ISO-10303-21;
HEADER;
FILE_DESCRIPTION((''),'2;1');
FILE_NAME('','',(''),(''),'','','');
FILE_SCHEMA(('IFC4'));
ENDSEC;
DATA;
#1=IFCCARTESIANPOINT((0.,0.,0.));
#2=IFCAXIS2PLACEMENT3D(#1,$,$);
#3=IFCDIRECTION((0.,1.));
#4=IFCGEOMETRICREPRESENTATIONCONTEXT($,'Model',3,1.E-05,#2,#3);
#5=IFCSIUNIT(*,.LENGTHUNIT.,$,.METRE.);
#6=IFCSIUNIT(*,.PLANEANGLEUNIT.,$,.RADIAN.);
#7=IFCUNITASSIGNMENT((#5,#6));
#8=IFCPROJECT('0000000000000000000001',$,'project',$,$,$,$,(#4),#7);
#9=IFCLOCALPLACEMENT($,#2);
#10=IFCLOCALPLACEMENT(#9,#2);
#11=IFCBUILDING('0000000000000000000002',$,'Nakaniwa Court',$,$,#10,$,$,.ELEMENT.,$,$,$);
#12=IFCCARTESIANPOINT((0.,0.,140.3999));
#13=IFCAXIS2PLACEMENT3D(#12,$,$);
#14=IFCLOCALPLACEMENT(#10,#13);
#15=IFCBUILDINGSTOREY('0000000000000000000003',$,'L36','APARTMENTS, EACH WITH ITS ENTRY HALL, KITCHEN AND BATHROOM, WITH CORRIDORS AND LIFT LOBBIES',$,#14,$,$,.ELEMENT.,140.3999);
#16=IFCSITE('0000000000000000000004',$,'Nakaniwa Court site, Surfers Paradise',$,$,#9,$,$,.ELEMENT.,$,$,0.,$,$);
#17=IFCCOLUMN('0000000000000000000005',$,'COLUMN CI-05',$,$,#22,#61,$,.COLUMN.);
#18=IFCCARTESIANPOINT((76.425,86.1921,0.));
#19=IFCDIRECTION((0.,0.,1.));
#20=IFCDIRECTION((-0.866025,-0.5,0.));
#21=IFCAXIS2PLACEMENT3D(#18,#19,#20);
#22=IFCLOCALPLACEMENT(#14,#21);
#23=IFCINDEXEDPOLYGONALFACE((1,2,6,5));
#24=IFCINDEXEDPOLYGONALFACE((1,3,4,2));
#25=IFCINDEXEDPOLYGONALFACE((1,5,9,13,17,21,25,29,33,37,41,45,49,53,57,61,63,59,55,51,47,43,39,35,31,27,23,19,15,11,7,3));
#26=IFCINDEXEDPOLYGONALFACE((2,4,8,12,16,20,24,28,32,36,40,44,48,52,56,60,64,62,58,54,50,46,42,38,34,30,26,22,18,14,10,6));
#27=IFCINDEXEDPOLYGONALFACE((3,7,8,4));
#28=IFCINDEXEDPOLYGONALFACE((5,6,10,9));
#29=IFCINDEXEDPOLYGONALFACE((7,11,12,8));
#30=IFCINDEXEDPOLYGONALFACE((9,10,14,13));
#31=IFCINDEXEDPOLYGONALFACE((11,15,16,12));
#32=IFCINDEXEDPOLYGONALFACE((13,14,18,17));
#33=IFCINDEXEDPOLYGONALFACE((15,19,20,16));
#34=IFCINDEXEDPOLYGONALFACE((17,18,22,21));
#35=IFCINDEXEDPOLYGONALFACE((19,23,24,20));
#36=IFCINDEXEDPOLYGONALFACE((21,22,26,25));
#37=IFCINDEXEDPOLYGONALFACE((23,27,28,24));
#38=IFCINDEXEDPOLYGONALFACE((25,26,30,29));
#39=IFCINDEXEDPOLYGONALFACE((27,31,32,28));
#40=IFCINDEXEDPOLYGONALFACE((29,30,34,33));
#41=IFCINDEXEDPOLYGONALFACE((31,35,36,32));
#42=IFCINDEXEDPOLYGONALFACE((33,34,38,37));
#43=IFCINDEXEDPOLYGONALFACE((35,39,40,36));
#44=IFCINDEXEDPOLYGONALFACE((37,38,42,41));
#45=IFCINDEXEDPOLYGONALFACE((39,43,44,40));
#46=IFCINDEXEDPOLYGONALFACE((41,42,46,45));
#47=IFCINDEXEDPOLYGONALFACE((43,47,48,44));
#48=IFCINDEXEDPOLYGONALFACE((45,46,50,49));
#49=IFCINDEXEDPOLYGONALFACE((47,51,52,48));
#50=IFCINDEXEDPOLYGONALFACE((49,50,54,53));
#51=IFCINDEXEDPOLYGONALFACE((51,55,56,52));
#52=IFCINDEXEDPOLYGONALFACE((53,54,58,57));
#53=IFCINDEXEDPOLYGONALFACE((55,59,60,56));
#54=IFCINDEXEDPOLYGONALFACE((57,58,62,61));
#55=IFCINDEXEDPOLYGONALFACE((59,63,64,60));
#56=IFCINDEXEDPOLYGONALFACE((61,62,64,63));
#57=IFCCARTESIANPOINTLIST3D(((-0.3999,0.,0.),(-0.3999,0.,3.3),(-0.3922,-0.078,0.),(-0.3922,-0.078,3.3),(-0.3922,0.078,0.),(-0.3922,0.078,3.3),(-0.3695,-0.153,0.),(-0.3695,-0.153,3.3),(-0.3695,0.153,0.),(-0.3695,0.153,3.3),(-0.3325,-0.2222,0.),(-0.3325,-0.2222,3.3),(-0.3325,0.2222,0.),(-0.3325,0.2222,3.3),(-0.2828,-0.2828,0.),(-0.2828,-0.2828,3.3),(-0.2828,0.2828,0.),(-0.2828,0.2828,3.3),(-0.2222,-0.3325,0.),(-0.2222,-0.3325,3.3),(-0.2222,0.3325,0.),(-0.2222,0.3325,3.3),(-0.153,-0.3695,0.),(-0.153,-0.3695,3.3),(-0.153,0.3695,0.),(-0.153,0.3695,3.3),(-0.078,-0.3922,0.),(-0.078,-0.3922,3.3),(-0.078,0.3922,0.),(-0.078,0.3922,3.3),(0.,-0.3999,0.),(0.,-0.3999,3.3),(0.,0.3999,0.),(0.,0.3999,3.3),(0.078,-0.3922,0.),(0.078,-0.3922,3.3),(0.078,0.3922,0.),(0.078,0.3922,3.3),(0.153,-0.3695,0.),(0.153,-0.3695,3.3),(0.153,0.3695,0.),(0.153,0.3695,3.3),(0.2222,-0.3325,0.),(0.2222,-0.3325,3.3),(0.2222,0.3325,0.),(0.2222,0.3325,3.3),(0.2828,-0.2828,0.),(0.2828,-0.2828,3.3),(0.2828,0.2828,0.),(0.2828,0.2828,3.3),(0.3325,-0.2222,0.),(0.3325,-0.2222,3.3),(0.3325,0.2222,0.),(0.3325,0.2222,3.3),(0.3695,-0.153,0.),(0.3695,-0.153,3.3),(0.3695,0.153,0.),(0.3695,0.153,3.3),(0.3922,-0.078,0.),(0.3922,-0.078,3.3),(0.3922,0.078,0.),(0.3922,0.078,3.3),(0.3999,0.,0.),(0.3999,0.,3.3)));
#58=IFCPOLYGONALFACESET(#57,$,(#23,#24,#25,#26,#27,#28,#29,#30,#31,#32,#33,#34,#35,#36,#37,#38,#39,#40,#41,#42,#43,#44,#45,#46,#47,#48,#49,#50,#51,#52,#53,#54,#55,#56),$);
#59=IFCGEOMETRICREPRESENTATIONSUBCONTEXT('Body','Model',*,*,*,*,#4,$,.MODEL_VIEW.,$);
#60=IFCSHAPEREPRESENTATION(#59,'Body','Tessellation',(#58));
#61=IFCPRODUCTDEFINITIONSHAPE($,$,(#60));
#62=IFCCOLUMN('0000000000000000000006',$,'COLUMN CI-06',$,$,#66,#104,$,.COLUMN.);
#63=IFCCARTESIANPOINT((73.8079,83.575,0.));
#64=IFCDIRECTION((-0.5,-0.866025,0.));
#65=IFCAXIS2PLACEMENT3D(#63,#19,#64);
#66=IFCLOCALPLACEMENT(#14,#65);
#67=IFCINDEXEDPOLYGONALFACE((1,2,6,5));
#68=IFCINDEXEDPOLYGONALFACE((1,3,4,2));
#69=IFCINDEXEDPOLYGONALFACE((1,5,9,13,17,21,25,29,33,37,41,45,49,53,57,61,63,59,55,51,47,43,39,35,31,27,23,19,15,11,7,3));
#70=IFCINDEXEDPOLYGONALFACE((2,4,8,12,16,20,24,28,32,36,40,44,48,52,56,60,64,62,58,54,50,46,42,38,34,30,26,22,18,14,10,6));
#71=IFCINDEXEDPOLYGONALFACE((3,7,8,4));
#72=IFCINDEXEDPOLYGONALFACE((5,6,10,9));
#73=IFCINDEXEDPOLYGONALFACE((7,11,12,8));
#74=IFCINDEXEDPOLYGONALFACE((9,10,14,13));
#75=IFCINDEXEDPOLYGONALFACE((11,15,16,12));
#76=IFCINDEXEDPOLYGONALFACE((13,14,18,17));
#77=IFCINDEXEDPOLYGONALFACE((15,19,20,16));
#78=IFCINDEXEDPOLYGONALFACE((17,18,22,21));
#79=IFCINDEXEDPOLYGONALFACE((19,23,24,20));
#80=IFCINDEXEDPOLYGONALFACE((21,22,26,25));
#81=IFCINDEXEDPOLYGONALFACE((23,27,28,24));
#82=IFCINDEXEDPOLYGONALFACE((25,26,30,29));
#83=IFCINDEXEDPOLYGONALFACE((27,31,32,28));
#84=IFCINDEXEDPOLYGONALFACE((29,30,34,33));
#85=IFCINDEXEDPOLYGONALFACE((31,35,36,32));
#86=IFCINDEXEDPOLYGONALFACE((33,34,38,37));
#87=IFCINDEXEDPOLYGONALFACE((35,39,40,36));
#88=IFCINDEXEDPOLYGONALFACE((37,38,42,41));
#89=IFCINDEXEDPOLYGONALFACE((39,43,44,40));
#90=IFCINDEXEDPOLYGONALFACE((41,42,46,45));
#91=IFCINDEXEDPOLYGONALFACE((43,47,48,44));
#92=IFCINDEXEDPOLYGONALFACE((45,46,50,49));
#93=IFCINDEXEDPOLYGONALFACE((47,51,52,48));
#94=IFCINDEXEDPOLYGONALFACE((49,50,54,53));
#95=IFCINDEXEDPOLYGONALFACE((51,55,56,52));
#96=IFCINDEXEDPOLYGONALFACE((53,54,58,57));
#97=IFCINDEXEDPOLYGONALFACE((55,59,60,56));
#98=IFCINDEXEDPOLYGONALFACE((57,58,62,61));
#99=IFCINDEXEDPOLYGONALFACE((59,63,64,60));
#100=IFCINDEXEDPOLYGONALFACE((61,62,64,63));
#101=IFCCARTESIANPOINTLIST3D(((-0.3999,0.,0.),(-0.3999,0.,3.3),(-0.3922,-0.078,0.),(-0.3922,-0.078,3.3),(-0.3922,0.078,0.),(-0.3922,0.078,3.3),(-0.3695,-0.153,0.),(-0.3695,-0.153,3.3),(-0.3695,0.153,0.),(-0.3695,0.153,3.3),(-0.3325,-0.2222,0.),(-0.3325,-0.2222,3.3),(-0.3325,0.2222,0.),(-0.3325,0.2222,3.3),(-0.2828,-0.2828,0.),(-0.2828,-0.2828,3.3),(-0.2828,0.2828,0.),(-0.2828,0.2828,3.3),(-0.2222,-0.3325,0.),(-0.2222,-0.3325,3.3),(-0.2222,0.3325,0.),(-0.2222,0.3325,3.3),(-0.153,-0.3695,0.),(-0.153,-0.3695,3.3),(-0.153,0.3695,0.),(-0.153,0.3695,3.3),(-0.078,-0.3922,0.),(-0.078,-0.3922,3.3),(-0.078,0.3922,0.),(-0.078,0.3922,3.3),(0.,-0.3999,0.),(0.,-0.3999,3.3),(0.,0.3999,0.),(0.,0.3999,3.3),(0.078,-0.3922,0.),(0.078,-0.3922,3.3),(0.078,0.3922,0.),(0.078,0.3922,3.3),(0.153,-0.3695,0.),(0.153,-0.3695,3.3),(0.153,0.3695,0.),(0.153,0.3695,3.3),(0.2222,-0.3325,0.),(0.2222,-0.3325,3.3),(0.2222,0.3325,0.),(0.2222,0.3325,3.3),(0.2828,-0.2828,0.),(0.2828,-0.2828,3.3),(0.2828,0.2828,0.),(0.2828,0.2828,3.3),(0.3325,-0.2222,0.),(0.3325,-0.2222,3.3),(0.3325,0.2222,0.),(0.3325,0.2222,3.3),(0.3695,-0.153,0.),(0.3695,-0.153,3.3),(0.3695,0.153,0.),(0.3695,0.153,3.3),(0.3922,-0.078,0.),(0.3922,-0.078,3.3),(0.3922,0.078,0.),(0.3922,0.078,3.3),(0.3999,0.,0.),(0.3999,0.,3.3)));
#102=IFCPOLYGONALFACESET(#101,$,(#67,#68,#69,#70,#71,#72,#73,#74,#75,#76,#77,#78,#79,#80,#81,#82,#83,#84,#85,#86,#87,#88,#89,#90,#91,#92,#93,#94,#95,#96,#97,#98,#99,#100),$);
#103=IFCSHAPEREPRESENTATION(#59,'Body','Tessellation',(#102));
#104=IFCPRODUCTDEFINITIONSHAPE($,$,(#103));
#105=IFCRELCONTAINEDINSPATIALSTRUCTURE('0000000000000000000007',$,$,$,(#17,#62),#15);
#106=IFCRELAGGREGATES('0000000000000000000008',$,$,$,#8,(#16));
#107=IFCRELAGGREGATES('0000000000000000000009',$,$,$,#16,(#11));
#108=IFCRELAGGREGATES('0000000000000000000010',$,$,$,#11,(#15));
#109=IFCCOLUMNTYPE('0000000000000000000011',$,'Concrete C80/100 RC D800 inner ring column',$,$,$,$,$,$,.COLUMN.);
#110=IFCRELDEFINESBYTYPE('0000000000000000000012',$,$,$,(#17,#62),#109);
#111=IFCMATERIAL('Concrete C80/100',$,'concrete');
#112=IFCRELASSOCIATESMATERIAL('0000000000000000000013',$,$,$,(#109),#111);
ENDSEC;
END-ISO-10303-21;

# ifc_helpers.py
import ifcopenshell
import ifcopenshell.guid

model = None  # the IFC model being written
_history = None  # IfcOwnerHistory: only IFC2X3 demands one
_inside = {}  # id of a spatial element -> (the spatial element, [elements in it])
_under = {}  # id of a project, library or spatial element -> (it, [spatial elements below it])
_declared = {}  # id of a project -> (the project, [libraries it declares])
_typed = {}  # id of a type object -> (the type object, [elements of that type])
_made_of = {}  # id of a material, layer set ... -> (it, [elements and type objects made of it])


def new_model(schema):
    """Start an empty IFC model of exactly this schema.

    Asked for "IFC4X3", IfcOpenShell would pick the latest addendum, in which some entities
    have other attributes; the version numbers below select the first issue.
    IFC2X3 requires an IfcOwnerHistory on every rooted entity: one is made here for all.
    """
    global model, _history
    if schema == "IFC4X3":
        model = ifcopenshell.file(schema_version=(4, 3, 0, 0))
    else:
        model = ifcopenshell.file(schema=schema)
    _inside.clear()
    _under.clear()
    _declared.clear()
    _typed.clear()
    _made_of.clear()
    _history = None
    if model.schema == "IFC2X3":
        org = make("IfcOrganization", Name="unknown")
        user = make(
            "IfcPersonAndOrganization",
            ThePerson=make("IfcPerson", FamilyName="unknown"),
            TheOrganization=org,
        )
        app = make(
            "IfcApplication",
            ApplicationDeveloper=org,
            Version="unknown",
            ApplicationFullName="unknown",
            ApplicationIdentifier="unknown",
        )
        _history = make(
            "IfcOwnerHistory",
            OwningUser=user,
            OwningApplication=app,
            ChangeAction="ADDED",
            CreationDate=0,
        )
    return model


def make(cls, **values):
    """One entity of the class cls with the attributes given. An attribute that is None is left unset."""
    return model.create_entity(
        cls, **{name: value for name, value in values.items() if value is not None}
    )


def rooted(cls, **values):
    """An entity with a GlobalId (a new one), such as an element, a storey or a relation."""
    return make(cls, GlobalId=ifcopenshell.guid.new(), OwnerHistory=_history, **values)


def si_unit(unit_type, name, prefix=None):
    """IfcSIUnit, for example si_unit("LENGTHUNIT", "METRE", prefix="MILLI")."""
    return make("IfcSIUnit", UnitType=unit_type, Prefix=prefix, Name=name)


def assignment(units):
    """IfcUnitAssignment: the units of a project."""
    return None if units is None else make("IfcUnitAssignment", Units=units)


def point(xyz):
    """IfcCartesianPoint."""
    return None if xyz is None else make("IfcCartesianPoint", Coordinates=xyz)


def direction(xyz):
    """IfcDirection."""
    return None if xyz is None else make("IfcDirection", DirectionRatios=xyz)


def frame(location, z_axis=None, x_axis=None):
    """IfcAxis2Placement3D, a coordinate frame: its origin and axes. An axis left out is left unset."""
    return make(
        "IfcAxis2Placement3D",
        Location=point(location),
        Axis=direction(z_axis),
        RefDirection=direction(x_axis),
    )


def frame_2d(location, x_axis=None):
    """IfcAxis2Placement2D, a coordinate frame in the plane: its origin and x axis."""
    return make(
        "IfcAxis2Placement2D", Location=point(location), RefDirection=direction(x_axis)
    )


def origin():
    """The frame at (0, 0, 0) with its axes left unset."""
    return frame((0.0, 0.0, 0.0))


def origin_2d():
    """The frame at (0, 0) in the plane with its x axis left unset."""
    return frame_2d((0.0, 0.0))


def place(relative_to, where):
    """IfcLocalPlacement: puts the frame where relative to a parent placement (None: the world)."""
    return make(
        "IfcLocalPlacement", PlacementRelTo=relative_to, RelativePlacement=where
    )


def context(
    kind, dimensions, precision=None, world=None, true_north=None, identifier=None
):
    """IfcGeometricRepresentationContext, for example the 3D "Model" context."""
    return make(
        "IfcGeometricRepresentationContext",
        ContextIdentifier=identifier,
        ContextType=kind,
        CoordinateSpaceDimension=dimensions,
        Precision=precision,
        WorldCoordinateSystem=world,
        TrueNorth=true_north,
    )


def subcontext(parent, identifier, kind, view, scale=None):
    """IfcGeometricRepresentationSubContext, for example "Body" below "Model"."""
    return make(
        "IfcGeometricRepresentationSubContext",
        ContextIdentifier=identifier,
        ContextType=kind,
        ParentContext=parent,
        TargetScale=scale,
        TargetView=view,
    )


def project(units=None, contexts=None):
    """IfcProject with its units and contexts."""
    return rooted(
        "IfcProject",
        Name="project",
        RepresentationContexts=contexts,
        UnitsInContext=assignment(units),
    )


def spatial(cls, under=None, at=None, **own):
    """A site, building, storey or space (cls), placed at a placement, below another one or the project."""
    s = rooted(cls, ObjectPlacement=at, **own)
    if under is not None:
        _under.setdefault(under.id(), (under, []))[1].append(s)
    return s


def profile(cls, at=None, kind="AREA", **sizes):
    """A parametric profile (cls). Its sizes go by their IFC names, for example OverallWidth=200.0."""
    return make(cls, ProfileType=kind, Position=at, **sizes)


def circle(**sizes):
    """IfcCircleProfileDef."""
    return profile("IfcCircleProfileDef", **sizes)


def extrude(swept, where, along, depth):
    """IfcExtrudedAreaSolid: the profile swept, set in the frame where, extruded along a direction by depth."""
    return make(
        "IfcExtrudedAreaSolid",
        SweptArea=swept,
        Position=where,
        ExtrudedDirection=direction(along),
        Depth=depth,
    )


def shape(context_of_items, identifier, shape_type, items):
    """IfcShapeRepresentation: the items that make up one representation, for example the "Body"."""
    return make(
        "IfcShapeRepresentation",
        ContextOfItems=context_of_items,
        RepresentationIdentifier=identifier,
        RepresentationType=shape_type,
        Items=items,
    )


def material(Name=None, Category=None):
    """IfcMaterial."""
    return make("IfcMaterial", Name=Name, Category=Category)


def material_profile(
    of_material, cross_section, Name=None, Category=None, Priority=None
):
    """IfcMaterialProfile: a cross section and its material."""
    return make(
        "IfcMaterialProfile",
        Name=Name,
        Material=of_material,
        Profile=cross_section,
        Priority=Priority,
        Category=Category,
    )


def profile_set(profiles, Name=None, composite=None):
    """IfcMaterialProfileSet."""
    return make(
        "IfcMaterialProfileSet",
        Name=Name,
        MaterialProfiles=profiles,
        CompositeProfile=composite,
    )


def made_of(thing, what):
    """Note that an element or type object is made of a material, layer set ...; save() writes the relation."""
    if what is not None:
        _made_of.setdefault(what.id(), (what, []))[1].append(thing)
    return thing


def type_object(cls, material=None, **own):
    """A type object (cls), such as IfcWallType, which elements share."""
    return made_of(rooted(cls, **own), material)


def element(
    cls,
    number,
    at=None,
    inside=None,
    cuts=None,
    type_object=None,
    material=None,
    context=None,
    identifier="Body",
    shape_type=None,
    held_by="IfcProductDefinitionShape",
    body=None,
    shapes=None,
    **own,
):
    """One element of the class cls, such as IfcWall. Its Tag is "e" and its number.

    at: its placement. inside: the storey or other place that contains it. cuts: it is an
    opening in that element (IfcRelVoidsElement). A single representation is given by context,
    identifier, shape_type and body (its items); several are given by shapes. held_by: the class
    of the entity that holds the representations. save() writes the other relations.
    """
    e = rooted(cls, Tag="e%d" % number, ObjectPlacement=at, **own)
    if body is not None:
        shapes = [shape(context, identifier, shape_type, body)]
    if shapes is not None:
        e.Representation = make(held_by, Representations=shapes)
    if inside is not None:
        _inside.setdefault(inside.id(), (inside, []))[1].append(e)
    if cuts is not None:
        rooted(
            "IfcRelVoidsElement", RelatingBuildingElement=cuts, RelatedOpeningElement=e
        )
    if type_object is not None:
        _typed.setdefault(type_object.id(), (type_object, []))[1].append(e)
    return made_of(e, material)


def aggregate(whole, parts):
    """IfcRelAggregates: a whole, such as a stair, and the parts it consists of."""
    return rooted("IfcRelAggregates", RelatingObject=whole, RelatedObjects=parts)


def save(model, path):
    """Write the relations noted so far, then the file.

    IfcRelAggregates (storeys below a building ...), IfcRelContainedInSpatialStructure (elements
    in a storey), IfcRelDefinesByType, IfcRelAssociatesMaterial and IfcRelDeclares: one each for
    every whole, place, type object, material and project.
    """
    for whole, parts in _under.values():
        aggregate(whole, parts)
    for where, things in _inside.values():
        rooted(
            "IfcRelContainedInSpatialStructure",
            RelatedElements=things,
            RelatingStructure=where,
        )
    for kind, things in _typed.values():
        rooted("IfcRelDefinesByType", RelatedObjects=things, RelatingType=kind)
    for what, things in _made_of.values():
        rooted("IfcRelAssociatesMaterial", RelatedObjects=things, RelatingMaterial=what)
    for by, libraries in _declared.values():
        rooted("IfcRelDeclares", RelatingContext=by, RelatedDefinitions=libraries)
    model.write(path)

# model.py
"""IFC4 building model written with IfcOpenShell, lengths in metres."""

from ifc_helpers import new_model, si_unit, direction, frame, origin, origin_2d, place, context, subcontext, project, spatial, circle, extrude, material, material_profile, profile_set, type_object, element, save


model = new_model("IFC4")

# Units and contexts
model_context = context("Model", 3, precision=1e-05, world=origin(), true_north=direction((0.0, 1.0)))
body_context = subcontext(model_context, "Body", "Model", "MODEL_VIEW")
ifc_project = project(units=[si_unit("LENGTHUNIT", "METRE"), si_unit("PLANEANGLEUNIT", "RADIAN")], contexts=[model_context])

# Site, building, storey
site_placement = place(None, origin())
site = spatial("IfcSite", under=ifc_project, at=site_placement, Name="Nakaniwa Court site, Surfers Paradise", CompositionType="ELEMENT", RefElevation=0.0)
building_placement = place(site_placement, origin())
building = spatial("IfcBuilding", under=site, at=building_placement, Name="Nakaniwa Court", CompositionType="ELEMENT")
storey_placement = place(building_placement, frame((0.0, 0.0, 140.3999)))
storey = spatial("IfcBuildingStorey", under=building, at=storey_placement, Name="L36", Description="APARTMENTS, EACH WITH ITS ENTRY HALL, KITCHEN AND BATHROOM, WITH CORRIDORS AND LIFT LOBBIES", CompositionType="ELEMENT", Elevation=140.3999)

# Columns
ifc_material_1 = material(Name="Concrete C80/100", Category="concrete")
ifc_material_profile_1 = material_profile(ifc_material_1, circle(Radius=0.3999, at=origin_2d()), Name="Concrete C80/100 RC D800 inner ring column")
ifc_profile_set_1 = profile_set([ifc_material_profile_1], Name="Concrete C80/100")
column_type_1 = type_object("IfcColumnType", Name="Concrete C80/100 RC D800 inner ring column", PredefinedType="COLUMN", material=ifc_profile_set_1)
for number, where, z_axis, x_axis, name in (
    (1, (76.425, 86.1921, 0.0), (0.0, 0.0, 1.0), (-0.866025, -0.5, 0.0), "COLUMN CI-05"),
    (2, (73.8079, 83.575, 0.0), (0.0, 0.0, 1.0), (-0.5, -0.866025, 0.0), "COLUMN CI-06"),
):
    element("IfcColumn", number, at=place(storey_placement, frame(where, z_axis=z_axis, x_axis=x_axis)), inside=storey, type_object=column_type_1, Name=name, PredefinedType="COLUMN", context=body_context, shape_type="SweptSolid", body=[
        extrude(circle(Radius=0.3999, at=origin_2d()), origin(), (0.0, 0.0, 1.0), 3.3),
    ])

save(model, "model.ifc")
